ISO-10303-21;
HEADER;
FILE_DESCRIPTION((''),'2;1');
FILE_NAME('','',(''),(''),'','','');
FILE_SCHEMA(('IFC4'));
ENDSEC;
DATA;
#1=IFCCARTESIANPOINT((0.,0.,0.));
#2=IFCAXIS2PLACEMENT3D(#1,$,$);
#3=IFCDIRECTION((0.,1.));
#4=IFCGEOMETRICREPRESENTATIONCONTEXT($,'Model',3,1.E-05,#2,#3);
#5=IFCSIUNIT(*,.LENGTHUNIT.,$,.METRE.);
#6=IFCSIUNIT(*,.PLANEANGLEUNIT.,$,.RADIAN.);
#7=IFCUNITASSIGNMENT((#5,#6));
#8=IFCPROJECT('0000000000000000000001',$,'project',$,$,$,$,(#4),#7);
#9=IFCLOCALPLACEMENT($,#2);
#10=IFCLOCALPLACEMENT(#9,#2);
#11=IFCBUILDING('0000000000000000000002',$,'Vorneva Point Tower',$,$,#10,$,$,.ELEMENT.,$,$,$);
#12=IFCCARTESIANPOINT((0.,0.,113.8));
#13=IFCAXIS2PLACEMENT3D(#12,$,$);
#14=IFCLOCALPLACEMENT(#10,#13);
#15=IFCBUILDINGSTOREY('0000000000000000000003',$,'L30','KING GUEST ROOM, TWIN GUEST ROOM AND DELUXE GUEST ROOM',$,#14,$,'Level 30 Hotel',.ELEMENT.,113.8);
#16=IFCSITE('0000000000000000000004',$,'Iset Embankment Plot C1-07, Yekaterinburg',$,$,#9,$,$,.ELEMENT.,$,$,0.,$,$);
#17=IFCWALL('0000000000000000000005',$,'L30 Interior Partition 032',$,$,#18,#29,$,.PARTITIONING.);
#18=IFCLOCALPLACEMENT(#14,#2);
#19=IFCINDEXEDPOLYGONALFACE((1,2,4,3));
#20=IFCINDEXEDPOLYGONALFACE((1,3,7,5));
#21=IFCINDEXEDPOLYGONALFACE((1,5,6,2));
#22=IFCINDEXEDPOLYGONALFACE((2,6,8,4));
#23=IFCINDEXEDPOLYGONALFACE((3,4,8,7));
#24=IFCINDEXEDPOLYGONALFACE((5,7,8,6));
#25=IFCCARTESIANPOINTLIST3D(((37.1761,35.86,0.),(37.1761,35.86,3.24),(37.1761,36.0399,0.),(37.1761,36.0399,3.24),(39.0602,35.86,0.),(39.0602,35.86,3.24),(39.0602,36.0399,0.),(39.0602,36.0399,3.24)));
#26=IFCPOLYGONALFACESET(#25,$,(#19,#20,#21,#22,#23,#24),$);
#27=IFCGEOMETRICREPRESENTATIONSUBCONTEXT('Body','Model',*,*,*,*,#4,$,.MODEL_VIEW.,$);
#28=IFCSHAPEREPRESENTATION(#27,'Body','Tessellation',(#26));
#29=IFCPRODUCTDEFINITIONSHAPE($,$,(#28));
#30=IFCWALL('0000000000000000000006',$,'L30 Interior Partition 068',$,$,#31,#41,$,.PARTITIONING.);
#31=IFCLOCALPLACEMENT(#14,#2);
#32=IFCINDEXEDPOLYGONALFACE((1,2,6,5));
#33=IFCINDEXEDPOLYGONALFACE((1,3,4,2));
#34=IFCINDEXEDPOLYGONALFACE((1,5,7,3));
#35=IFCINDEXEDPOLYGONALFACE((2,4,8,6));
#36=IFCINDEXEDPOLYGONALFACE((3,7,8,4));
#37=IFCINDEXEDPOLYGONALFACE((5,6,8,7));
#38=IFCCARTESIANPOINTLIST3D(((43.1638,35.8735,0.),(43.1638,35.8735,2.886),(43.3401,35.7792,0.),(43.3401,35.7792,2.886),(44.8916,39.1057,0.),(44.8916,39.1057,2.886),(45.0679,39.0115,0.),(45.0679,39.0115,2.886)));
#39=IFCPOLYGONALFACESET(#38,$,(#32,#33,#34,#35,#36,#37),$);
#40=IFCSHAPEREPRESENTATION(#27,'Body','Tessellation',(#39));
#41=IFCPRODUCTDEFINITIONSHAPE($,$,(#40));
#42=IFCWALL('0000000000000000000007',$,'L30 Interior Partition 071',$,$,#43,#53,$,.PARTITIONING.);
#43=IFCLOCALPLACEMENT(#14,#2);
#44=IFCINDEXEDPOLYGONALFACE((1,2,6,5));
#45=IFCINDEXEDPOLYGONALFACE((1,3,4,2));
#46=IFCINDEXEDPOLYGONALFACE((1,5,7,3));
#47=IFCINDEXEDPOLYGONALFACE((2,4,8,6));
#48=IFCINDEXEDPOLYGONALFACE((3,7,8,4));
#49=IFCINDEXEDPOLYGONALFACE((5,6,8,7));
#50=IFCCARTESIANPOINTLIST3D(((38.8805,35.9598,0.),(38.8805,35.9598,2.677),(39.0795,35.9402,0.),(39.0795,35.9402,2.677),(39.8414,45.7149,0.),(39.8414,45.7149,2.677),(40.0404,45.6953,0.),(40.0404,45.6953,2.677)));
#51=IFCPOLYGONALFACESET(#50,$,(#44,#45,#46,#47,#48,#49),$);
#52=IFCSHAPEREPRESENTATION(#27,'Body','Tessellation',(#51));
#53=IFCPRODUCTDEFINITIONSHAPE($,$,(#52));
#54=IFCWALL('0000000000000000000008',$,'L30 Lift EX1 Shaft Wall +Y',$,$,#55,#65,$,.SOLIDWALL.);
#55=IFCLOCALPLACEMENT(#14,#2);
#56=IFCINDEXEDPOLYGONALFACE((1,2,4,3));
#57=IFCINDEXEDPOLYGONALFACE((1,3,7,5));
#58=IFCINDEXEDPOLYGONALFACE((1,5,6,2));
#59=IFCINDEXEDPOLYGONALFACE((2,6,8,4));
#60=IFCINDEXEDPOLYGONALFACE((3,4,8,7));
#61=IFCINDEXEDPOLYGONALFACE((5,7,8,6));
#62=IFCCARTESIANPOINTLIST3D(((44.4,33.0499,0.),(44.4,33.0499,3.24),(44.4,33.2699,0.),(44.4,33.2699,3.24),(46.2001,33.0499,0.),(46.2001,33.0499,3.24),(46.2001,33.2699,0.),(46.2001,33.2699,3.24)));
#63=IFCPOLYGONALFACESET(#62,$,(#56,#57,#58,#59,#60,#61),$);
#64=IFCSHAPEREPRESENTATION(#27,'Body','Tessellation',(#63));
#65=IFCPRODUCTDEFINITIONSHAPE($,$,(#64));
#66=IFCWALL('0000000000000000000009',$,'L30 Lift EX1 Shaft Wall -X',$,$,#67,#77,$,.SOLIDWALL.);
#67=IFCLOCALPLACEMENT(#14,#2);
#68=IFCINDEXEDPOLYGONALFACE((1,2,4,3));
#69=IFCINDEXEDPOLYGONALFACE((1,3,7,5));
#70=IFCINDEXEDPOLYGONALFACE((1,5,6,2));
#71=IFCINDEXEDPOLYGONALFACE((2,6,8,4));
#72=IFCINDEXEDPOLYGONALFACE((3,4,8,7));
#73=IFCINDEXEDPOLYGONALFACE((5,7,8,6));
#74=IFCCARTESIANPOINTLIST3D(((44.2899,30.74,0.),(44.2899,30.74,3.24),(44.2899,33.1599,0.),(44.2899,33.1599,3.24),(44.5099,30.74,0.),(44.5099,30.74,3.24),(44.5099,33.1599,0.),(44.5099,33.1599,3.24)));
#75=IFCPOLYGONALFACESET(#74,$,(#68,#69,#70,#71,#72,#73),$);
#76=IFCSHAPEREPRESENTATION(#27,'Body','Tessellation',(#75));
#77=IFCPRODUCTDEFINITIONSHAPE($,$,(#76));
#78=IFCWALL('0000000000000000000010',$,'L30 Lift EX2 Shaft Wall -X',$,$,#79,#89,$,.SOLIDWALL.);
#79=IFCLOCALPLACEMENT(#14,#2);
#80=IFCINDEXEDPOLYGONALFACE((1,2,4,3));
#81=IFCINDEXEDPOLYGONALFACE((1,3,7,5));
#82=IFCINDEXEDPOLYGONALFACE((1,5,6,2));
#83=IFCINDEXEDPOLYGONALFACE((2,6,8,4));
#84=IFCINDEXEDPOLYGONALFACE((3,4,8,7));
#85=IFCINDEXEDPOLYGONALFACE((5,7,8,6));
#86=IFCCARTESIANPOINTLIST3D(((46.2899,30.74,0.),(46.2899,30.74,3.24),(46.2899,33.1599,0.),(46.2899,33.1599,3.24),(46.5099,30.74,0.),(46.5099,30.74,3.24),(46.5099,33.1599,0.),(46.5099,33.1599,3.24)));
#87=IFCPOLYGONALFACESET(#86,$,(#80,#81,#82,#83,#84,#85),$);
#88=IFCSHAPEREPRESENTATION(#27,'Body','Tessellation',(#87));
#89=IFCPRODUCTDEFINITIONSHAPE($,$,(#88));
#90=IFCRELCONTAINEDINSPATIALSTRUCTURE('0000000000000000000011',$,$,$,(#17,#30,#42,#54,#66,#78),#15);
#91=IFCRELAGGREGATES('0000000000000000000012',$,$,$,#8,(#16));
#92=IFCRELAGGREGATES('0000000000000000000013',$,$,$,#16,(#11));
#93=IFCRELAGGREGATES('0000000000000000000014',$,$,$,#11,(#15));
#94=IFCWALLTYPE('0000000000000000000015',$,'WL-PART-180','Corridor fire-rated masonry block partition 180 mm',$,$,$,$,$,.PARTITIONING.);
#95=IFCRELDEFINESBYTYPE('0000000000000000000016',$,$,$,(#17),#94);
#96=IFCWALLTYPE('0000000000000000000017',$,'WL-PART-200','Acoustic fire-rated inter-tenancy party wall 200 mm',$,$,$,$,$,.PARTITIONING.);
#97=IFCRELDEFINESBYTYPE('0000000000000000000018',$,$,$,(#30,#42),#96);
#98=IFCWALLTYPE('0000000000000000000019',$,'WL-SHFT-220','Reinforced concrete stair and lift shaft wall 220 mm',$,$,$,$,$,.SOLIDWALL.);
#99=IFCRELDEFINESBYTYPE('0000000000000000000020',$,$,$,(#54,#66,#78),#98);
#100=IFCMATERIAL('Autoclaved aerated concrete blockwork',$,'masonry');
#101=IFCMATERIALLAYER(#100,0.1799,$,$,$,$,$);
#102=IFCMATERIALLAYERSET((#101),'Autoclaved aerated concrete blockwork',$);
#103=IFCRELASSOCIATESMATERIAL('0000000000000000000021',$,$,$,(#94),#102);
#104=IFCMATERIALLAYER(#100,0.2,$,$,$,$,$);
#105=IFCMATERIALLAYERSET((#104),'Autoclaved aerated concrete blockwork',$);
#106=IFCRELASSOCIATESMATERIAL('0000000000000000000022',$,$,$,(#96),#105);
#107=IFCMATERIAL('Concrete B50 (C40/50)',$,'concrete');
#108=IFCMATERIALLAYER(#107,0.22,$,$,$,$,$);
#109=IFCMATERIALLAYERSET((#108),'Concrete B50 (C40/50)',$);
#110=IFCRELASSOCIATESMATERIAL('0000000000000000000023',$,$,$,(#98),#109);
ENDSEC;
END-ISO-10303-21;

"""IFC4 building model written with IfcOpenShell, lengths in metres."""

from ifc_helpers import new_model, si_unit, direction, frame, frame_2d, origin, place, context, subcontext, project, spatial, rectangle, extrude, material, layer, layer_set, type_object, element, save


model = new_model("IFC4")

# Units and contexts
model_context = context("Model", 3, precision=1e-05, world=origin(), true_north=direction((0.0, 1.0)))
body_context = subcontext(model_context, "Body", "Model", "MODEL_VIEW")
ifc_project = project(units=[si_unit("LENGTHUNIT", "METRE"), si_unit("PLANEANGLEUNIT", "RADIAN")], contexts=[model_context])

# Site, building, storey
site_placement = place(None, origin())
site = spatial("IfcSite", under=ifc_project, at=site_placement, Name="Iset Embankment Plot C1-07, Yekaterinburg", CompositionType="ELEMENT", RefElevation=0.0)
building_placement = place(site_placement, origin())
building = spatial("IfcBuilding", under=site, at=building_placement, Name="Vorneva Point Tower", CompositionType="ELEMENT")
storey_placement = place(building_placement, frame((0.0, 0.0, 113.8)))
storey = spatial("IfcBuildingStorey", under=building, at=storey_placement, Name="L30", Description="KING GUEST ROOM, TWIN GUEST ROOM AND DELUXE GUEST ROOM", LongName="Level 30 Hotel", CompositionType="ELEMENT", Elevation=113.8)

# Shared definitions
ifc_material_1 = material(Name="Autoclaved aerated concrete blockwork", Category="masonry")
ifc_layer_1 = layer(ifc_material_1, 0.1799)
ifc_layer_set_1 = layer_set([ifc_layer_1], Name="Autoclaved aerated concrete blockwork")
wall_type_1 = type_object("IfcWallType", Name="WL-PART-180", Description="Corridor fire-rated masonry block partition 180 mm", PredefinedType="PARTITIONING", material=ifc_layer_set_1)

# Walls
wall_1_placement = place(storey_placement, frame((39.0601, 35.95, 0.0), z_axis=(0.0, 0.0, 1.0), x_axis=(-1.0, 0.0, 0.0)))
element("IfcWall", 1, at=wall_1_placement, inside=storey, type_object=wall_type_1, Name="L30 Interior Partition 032", PredefinedType="PARTITIONING", context=body_context, shape_type="SweptSolid", body=[
    extrude(rectangle(XDim=1.884, YDim=0.1799, at=frame_2d((0.9419, 0.0))), origin(), (0.0, 0.0, 1.0), 3.24),
])
ifc_layer_2 = layer(ifc_material_1, 0.2)
ifc_layer_set_2 = layer_set([ifc_layer_2], Name="Autoclaved aerated concrete blockwork")
wall_type_2 = type_object("IfcWallType", Name="WL-PART-200", Description="Acoustic fire-rated inter-tenancy party wall 200 mm", PredefinedType="PARTITIONING", material=ifc_layer_set_2)
wall_2_placement = place(storey_placement, frame((44.9797, 39.0586, 0.0), z_axis=(0.0, 0.0, 1.0), x_axis=(-0.471428, -0.881904, 0.0)))
element("IfcWall", 2, at=wall_2_placement, inside=storey, type_object=wall_type_2, Name="L30 Interior Partition 068", PredefinedType="PARTITIONING", context=body_context, shape_type="SweptSolid", body=[
    extrude(rectangle(XDim=3.665, YDim=0.2, at=frame_2d((1.8325, 0.0))), origin(), (0.0, 0.0, 1.0), 2.886),
])
wall_3_placement = place(storey_placement, frame((39.9409, 45.7051, 0.0), z_axis=(0.0, 0.0, 1.0), x_axis=(-0.098031, -0.995183, 0.0)))
element("IfcWall", 3, at=wall_3_placement, inside=storey, type_object=wall_type_2, Name="L30 Interior Partition 071", PredefinedType="PARTITIONING", context=body_context, shape_type="SweptSolid", body=[
    extrude(rectangle(XDim=9.8022, YDim=0.2, at=frame_2d((4.9011, 0.0))), origin(), (0.0, 0.0, 1.0), 2.677),
])
ifc_material_2 = material(Name="Concrete B50 (C40/50)", Category="concrete")
ifc_layer_3 = layer(ifc_material_2, 0.22)
ifc_layer_set_3 = layer_set([ifc_layer_3], Name="Concrete B50 (C40/50)")
wall_type_3 = type_object("IfcWallType", Name="WL-SHFT-220", Description="Reinforced concrete stair and lift shaft wall 220 mm", PredefinedType="SOLIDWALL", material=ifc_layer_set_3)
wall_4_placement = place(storey_placement, frame((46.2, 33.1599, 0.0), z_axis=(0.0, 0.0, 1.0), x_axis=(-1.0, 0.0, 0.0)))
element("IfcWall", 4, at=wall_4_placement, inside=storey, type_object=wall_type_3, Name="L30 Lift EX1 Shaft Wall +Y", PredefinedType="SOLIDWALL", context=body_context, shape_type="SweptSolid", body=[
    extrude(rectangle(XDim=1.8, YDim=0.22, at=frame_2d((0.8999, 0.0))), origin(), (0.0, 0.0, 1.0), 3.24),
])
for number, where, z_axis, x_axis, name in (
    (5, (44.3999, 33.1599, 0.0), (0.0, 0.0, 1.0), (0.0, -1.0, 0.0), "L30 Lift EX1 Shaft Wall -X"),
    (6, (46.3999, 33.1599, 0.0), (0.0, 0.0, 1.0), (0.0, -1.0, 0.0), "L30 Lift EX2 Shaft Wall -X"),
):
    element("IfcWall", number, at=place(storey_placement, frame(where, z_axis=z_axis, x_axis=x_axis)), inside=storey, type_object=wall_type_3, Name=name, PredefinedType="SOLIDWALL", context=body_context, shape_type="SweptSolid", body=[
        extrude(rectangle(XDim=2.4199, YDim=0.22, at=frame_2d((1.21, 0.0))), origin(), (0.0, 0.0, 1.0), 3.24),
    ])

save(model, "model.ifc")
